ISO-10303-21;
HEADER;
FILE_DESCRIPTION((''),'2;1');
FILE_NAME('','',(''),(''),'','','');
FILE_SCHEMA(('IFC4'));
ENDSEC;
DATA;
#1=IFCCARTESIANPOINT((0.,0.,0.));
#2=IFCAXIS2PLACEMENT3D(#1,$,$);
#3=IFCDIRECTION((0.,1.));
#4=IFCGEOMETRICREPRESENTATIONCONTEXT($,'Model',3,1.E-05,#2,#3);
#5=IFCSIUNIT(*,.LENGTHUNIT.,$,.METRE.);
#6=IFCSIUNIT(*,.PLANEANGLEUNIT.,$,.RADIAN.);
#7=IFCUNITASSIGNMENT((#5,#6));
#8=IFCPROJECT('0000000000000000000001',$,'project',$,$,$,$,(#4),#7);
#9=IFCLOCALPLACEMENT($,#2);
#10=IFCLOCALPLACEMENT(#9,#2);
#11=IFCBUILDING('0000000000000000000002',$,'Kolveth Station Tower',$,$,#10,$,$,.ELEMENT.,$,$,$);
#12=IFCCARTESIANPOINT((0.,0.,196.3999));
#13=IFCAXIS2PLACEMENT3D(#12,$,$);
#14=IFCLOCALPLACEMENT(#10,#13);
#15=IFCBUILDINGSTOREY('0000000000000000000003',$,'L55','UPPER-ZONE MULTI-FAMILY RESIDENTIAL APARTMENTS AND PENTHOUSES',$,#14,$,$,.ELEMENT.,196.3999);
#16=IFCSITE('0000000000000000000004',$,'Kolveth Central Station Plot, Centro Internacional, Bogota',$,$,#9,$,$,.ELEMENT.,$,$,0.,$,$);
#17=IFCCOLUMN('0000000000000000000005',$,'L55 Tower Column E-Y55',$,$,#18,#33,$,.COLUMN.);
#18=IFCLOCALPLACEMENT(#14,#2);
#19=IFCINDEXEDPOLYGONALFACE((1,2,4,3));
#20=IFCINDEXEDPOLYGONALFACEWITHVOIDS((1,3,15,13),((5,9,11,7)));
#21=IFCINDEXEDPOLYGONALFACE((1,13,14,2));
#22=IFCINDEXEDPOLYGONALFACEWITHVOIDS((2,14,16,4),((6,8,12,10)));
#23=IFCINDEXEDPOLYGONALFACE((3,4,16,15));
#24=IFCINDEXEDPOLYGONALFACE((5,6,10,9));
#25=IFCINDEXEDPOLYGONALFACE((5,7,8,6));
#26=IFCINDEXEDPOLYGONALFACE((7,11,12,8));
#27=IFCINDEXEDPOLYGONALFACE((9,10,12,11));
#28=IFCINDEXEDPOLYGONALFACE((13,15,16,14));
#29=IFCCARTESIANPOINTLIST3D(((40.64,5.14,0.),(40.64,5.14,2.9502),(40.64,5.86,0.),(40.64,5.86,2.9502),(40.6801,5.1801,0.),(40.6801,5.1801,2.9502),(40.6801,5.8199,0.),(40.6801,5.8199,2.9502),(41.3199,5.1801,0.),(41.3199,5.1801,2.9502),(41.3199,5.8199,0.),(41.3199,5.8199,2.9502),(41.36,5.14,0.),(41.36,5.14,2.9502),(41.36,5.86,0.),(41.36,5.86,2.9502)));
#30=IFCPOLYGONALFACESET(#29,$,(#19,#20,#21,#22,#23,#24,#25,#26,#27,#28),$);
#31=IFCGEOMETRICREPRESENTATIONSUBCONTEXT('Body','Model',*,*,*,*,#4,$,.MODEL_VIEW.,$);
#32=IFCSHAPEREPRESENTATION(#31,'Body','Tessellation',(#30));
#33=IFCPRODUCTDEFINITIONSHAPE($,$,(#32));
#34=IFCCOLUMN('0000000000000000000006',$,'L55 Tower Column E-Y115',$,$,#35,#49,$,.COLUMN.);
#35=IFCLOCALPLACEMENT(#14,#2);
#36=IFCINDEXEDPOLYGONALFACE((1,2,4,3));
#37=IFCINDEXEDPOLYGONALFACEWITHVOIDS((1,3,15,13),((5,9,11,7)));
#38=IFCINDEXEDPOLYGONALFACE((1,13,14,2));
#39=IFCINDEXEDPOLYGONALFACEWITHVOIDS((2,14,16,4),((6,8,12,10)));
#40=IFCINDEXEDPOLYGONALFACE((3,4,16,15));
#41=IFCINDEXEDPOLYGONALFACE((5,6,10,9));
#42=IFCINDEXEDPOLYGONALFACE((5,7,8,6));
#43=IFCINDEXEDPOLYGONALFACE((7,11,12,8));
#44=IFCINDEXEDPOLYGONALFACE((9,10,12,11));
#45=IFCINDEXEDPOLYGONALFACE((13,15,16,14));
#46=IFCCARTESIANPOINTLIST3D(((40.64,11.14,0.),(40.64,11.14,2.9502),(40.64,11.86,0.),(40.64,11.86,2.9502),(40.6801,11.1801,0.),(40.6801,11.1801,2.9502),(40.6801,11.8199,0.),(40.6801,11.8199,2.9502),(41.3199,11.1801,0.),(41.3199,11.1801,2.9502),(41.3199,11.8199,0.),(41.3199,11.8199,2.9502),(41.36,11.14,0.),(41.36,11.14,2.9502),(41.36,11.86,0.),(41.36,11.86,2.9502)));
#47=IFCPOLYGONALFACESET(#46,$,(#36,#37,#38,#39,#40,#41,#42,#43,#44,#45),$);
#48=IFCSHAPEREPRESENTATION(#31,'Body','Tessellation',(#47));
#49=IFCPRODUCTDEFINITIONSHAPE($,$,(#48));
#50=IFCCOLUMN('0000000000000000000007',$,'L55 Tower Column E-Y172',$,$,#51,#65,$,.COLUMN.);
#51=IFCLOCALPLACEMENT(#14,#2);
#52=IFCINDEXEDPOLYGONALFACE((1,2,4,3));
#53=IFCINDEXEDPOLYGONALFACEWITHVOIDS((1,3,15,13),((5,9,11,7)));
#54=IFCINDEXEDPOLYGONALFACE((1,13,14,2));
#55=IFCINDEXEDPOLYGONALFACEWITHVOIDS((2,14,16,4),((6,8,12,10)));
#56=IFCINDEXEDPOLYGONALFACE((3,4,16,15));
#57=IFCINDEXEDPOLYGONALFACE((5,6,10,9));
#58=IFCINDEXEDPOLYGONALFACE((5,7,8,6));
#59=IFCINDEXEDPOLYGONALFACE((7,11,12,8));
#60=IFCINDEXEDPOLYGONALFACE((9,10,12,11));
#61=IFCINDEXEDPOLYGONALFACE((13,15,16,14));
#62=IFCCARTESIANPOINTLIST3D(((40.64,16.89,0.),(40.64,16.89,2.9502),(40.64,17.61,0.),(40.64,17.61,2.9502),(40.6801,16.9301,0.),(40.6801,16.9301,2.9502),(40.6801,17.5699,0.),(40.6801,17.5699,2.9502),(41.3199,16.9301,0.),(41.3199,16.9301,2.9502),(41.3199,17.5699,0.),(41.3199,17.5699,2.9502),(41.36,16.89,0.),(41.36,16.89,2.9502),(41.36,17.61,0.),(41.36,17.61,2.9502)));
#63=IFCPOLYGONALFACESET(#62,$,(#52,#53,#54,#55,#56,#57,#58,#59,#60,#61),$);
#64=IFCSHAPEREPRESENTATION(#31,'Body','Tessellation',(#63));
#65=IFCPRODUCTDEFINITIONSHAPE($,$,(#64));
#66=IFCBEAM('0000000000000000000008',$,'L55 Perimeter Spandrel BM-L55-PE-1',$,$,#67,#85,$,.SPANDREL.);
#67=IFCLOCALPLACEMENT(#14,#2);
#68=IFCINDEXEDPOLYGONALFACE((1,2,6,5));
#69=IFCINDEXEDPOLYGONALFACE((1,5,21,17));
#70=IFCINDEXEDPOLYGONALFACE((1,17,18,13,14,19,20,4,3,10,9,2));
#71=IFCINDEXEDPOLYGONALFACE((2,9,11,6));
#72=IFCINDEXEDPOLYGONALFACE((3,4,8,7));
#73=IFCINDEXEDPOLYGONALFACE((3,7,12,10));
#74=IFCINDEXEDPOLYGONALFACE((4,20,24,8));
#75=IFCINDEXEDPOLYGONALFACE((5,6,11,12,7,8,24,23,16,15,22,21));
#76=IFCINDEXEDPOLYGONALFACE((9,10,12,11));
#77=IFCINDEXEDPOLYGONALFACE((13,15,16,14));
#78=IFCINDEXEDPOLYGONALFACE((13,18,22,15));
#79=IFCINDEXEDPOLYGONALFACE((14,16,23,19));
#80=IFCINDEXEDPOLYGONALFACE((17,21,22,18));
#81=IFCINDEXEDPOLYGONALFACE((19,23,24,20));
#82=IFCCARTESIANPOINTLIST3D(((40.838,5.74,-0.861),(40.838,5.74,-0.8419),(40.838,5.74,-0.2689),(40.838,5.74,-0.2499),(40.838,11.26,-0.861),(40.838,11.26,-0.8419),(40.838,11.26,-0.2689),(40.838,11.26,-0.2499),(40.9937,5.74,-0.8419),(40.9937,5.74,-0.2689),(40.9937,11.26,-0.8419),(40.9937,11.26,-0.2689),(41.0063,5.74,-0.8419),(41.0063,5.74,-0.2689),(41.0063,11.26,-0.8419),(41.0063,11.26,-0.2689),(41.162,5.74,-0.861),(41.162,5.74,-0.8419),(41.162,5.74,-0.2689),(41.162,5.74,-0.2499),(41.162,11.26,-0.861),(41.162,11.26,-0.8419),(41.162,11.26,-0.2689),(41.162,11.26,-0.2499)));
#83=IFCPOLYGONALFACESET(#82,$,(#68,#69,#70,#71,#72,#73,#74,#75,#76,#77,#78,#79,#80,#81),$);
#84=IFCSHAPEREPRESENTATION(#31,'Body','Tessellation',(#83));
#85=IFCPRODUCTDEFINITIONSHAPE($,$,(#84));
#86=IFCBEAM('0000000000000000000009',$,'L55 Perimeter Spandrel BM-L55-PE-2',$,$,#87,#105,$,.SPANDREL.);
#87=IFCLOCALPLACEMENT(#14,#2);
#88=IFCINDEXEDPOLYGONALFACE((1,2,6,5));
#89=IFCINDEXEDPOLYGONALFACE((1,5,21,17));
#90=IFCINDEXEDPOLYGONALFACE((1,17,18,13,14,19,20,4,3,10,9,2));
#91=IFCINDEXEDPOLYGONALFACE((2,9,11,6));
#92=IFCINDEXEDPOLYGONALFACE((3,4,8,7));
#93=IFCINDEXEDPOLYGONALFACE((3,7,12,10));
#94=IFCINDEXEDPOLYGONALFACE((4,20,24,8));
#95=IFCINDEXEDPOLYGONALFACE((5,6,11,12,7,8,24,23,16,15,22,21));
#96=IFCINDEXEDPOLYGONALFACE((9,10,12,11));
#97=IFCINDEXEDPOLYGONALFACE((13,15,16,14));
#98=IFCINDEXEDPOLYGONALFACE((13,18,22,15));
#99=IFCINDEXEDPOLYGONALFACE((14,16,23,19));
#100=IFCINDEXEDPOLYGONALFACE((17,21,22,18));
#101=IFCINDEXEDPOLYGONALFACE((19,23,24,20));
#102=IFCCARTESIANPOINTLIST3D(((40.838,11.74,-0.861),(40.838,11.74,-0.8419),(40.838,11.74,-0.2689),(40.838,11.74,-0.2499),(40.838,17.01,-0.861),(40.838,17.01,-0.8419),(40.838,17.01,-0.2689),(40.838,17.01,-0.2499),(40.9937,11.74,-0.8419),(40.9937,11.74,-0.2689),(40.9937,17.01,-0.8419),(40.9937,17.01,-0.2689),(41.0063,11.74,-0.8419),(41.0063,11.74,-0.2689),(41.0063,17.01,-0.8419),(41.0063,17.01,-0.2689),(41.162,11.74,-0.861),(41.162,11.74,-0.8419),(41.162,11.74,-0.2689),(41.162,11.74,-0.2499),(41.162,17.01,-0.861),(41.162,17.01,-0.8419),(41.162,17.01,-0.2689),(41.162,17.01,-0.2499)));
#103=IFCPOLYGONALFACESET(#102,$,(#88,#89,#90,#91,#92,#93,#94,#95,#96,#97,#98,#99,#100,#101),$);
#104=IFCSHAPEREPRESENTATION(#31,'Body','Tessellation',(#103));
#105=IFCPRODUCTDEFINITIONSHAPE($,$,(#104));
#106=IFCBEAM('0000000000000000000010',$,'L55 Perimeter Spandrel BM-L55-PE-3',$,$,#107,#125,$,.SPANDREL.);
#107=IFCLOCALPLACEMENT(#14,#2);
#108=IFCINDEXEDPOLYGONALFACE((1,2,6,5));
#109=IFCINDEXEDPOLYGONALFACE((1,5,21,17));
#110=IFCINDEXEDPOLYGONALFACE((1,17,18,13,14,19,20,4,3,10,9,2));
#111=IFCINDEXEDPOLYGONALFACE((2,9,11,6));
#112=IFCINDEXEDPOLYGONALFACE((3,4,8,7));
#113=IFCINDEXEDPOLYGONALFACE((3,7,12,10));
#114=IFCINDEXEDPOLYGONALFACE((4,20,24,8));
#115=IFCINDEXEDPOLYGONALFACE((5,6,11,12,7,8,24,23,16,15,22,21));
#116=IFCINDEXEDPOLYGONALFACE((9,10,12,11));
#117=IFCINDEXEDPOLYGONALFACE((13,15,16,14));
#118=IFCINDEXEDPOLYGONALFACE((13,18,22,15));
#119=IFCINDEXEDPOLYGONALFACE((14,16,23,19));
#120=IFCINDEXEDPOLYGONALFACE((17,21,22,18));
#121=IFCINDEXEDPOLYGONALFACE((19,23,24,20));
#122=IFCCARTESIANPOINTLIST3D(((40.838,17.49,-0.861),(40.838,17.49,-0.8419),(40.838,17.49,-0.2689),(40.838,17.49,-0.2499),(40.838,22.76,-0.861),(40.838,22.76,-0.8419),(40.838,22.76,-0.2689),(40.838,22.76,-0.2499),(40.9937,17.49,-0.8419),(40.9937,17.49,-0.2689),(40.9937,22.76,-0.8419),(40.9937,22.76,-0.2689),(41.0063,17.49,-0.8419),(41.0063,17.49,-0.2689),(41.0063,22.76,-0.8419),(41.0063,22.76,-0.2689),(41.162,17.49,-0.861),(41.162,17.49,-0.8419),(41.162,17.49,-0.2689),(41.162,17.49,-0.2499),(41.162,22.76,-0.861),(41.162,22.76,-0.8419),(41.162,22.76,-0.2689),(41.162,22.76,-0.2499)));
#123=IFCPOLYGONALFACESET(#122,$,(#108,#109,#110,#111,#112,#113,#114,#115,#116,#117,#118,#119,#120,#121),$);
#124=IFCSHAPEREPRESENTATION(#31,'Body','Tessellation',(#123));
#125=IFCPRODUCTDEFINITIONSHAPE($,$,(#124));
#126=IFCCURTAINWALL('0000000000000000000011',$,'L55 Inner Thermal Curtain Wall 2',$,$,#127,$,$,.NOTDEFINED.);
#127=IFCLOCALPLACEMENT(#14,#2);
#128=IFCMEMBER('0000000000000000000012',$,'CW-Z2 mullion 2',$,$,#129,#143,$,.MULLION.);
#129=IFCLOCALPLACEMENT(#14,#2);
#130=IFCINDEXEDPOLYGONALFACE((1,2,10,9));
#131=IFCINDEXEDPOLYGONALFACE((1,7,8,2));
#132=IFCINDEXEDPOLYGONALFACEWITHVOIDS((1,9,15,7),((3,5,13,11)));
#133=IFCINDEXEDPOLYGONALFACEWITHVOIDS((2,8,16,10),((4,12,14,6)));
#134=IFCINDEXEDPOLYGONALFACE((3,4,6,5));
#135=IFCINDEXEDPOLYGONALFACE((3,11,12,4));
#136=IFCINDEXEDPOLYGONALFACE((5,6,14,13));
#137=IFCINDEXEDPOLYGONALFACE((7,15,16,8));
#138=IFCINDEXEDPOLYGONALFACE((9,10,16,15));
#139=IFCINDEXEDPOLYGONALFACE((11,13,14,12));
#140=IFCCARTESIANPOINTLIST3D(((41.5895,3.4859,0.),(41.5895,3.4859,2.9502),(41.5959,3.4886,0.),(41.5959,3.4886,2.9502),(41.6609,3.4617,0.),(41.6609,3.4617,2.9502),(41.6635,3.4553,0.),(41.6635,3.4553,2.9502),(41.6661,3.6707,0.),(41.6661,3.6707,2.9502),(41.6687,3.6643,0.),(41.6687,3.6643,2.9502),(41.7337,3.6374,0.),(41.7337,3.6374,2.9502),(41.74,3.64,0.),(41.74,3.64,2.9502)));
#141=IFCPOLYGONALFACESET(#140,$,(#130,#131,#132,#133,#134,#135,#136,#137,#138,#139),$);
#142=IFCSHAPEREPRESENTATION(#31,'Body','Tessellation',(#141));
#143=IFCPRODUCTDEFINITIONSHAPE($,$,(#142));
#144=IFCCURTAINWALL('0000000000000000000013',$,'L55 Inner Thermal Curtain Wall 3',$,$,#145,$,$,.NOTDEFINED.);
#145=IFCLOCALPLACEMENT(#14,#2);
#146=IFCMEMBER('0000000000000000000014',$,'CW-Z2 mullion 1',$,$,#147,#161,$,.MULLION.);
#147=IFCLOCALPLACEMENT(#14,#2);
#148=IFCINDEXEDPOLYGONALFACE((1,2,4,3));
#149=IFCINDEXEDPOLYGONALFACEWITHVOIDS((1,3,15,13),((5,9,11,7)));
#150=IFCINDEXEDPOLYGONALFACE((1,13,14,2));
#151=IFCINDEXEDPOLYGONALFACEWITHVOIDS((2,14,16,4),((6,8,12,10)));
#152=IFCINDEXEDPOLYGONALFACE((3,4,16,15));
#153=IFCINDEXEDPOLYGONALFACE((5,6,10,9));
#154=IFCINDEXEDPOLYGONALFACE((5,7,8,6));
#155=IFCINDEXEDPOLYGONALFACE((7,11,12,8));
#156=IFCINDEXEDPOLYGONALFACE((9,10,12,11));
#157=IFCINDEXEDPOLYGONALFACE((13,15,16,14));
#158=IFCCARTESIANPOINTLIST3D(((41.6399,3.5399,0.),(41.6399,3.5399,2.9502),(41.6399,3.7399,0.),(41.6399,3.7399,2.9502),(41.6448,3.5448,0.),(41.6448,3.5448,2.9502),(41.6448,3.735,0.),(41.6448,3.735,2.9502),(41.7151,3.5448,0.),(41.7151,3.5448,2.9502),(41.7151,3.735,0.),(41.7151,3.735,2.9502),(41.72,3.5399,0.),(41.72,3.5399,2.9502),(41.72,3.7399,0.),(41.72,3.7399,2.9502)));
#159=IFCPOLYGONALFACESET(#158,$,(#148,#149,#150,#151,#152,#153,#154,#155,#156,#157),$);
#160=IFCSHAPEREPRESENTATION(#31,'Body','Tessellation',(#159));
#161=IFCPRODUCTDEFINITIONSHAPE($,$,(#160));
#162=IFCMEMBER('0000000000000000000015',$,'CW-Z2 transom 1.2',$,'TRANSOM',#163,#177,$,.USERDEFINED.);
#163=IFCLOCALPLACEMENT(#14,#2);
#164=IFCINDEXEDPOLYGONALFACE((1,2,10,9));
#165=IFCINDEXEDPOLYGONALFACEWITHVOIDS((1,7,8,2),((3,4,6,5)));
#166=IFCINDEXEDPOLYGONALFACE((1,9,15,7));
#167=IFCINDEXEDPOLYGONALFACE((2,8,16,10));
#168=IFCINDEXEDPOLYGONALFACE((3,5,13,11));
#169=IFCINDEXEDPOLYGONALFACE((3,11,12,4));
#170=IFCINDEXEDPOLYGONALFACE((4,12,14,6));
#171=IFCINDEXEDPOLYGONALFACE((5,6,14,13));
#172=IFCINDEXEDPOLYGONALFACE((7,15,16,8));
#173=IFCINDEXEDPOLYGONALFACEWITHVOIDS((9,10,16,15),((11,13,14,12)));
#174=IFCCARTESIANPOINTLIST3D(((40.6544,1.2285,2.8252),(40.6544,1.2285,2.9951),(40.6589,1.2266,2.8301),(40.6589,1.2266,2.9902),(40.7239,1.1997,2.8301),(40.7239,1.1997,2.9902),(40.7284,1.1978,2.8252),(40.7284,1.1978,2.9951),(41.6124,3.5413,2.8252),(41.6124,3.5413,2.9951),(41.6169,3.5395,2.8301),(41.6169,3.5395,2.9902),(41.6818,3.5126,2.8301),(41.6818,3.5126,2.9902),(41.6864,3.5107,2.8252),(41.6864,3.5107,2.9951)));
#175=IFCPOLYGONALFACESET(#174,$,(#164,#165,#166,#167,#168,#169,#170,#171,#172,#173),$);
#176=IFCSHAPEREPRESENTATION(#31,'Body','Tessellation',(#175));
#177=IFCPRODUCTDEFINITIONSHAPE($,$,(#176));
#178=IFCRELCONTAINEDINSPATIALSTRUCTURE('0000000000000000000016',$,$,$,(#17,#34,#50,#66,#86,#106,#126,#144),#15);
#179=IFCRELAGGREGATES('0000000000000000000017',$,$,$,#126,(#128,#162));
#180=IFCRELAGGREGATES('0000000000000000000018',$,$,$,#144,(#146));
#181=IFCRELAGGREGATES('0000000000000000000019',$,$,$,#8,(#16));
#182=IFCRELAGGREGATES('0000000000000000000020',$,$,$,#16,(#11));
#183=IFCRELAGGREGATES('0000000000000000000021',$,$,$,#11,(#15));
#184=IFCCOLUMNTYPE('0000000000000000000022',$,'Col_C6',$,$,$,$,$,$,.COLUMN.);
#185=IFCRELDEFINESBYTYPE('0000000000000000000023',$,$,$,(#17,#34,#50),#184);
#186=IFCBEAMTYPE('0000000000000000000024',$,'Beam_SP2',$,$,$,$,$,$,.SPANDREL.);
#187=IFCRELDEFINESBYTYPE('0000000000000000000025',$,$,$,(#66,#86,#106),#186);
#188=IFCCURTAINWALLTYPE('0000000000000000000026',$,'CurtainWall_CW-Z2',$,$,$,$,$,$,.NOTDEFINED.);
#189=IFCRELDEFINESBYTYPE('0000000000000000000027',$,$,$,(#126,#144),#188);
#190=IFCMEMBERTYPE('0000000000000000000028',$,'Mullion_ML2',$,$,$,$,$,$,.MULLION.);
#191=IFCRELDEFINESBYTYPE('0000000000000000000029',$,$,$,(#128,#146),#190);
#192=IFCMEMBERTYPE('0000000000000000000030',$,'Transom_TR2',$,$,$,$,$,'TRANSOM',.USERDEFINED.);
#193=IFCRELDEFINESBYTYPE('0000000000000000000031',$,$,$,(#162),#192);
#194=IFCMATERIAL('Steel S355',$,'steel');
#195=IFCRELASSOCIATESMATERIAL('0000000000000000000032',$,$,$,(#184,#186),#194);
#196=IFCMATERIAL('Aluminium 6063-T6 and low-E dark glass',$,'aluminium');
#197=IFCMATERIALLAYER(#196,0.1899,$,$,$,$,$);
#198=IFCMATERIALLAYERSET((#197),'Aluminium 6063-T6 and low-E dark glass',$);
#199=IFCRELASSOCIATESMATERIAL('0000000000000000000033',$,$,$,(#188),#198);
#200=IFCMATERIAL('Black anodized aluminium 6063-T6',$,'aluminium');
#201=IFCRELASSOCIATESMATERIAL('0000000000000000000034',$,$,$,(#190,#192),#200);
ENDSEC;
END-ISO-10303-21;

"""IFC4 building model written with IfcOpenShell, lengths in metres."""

from ifc_helpers import new_model, si_unit, direction, frame, origin, origin_2d, place, context, subcontext, project, spatial, hollow_rectangle, i_section, extrude, source, transform, mapped, material, layer, layer_set, material_profile, profile_set, type_object, element, aggregate, save


model = new_model("IFC4")

# Units and contexts
model_context = context("Model", 3, precision=1e-05, world=origin(), true_north=direction((0.0, 1.0)))
body_context = subcontext(model_context, "Body", "Model", "MODEL_VIEW")
ifc_project = project(units=[si_unit("LENGTHUNIT", "METRE"), si_unit("PLANEANGLEUNIT", "RADIAN")], contexts=[model_context])

# Site, building, storey
site_placement = place(None, origin())
site = spatial("IfcSite", under=ifc_project, at=site_placement, Name="Kolveth Central Station Plot, Centro Internacional, Bogota", CompositionType="ELEMENT", RefElevation=0.0)
building_placement = place(site_placement, origin())
building = spatial("IfcBuilding", under=site, at=building_placement, Name="Kolveth Station Tower", CompositionType="ELEMENT")
storey_placement = place(building_placement, frame((0.0, 0.0, 196.3999)))
storey = spatial("IfcBuildingStorey", under=building, at=storey_placement, Name="L55", Description="UPPER-ZONE MULTI-FAMILY RESIDENTIAL APARTMENTS AND PENTHOUSES", CompositionType="ELEMENT", Elevation=196.3999)

# Columns
ifc_material_1 = material(Name="Steel S355", Category="steel")
ifc_material_profile_1 = material_profile(ifc_material_1, hollow_rectangle(XDim=0.72, YDim=0.72, WallThickness=0.04, at=origin_2d()), Name="BOX720x720x40")
ifc_profile_set_1 = profile_set([ifc_material_profile_1], Name="Steel S355")
column_type = type_object("IfcColumnType", Name="Col_C6", PredefinedType="COLUMN", material=ifc_profile_set_1)
shared_shape_1 = source(origin(), body_context, "Body", "SweptSolid", [
    extrude(hollow_rectangle(XDim=0.72, YDim=0.72, WallThickness=0.04, at=origin_2d()), origin(), (0.0, 0.0, 1.0), 2.9502),
])
for number, where, z_axis, x_axis, name in (
    (1, (41.0, 5.5, 0.0), (0.0, 0.0, 1.0), (1.0, 0.0, 0.0), "L55 Tower Column E-Y55"),
    (2, (41.0, 11.5, 0.0), (0.0, 0.0, 1.0), (1.0, 0.0, 0.0), "L55 Tower Column E-Y115"),
    (3, (41.0, 17.25, 0.0), (0.0, 0.0, 1.0), (1.0, 0.0, 0.0), "L55 Tower Column E-Y172"),
):
    element("IfcColumn", number, at=place(storey_placement, frame(where, z_axis=z_axis, x_axis=x_axis)), inside=storey, type_object=column_type, Name=name, PredefinedType="COLUMN", context=body_context, shape_type="MappedRepresentation", body=[
        mapped(shared_shape_1, transform((0.0, 0.0, 0.0), x_axis=(1.0, 0.0, 0.0), y_axis=(0.0, 1.0, 0.0), z_axis=(0.0, 0.0, 1.0), scale=1.0)),
    ])

# Beams
ifc_material_profile_2 = material_profile(ifc_material_1, i_section(OverallWidth=0.324, OverallDepth=0.6111, WebThickness=0.0127, FlangeThickness=0.019, at=origin_2d()), Name="W610x155")
ifc_profile_set_2 = profile_set([ifc_material_profile_2], Name="Steel S355")
beam_type = type_object("IfcBeamType", Name="Beam_SP2", PredefinedType="SPANDREL", material=ifc_profile_set_2)
shared_shape_2 = source(origin(), body_context, "Body", "SweptSolid", [
    extrude(i_section(OverallWidth=0.324, OverallDepth=0.6111, WebThickness=0.0127, FlangeThickness=0.019, at=origin_2d()), origin(), (0.0, 0.0, 1.0), 5.52),
])
beam_placement = place(storey_placement, frame((41.0, 5.74, -0.5554), z_axis=(0.0, 1.0, 0.0), x_axis=(-1.0, 0.0, 0.0)))
element("IfcBeam", 4, at=beam_placement, inside=storey, type_object=beam_type, Name="L55 Perimeter Spandrel BM-L55-PE-1", PredefinedType="SPANDREL", context=body_context, shape_type="MappedRepresentation", body=[
    mapped(shared_shape_2, transform((0.0, 0.0, 0.0), x_axis=(1.0, 0.0, 0.0), y_axis=(0.0, 1.0, 0.0), z_axis=(0.0, 0.0, 1.0), scale=1.0)),
])
shared_shape_3 = source(origin(), body_context, "Body", "SweptSolid", [
    extrude(i_section(OverallWidth=0.324, OverallDepth=0.6111, WebThickness=0.0127, FlangeThickness=0.019, at=origin_2d()), origin(), (0.0, 0.0, 1.0), 5.27),
])
for number, where, z_axis, x_axis, name in (
    (5, (41.0, 11.74, -0.5554), (0.0, 1.0, 0.0), (-1.0, 0.0, 0.0), "L55 Perimeter Spandrel BM-L55-PE-2"),
    (6, (41.0, 17.49, -0.5554), (0.0, 1.0, 0.0), (-1.0, 0.0, 0.0), "L55 Perimeter Spandrel BM-L55-PE-3"),
):
    element("IfcBeam", number, at=place(storey_placement, frame(where, z_axis=z_axis, x_axis=x_axis)), inside=storey, type_object=beam_type, Name=name, PredefinedType="SPANDREL", context=body_context, shape_type="MappedRepresentation", body=[
        mapped(shared_shape_3, transform((0.0, 0.0, 0.0), x_axis=(1.0, 0.0, 0.0), y_axis=(0.0, 1.0, 0.0), z_axis=(0.0, 0.0, 1.0), scale=1.0)),
    ])

# Curtain walls, members
ifc_material_2 = material(Name="Aluminium 6063-T6 and low-E dark glass", Category="aluminium")
ifc_layer_1 = layer(ifc_material_2, 0.1899)
ifc_layer_set_1 = layer_set([ifc_layer_1], Name="Aluminium 6063-T6 and low-E dark glass")
curtain_wall_type_1 = type_object("IfcCurtainWallType", Name="CurtainWall_CW-Z2", PredefinedType="NOTDEFINED", material=ifc_layer_set_1)
curtain_wall_1_placement = place(storey_placement, origin())
curtain_wall_1 = element("IfcCurtainWall", 7, at=curtain_wall_1_placement, inside=storey, type_object=curtain_wall_type_1, Name="L55 Inner Thermal Curtain Wall 2", PredefinedType="NOTDEFINED")
ifc_material_3 = material(Name="Black anodized aluminium 6063-T6", Category="aluminium")
ifc_material_profile_3 = material_profile(ifc_material_3, hollow_rectangle(XDim=0.0801, YDim=0.2, WallThickness=0.0049, at=origin_2d()), Name="ALU-80x200x5")
ifc_profile_set_3 = profile_set([ifc_material_profile_3], Name="Black anodized aluminium 6063-T6")
member_type_1 = type_object("IfcMemberType", Name="Mullion_ML2", PredefinedType="MULLION", material=ifc_profile_set_3)
shared_shape_4 = source(origin(), body_context, "Body", "SweptSolid", [
    extrude(hollow_rectangle(XDim=0.0801, YDim=0.2, WallThickness=0.0049, at=origin_2d()), origin(), (0.0, 0.0, 1.0), 2.9502),
])
member_1_placement = place(storey_placement, frame((41.6648, 3.563, 0.0), z_axis=(0.0, 0.0, 1.0), x_axis=(-0.923874, 0.382698, 0.0)))
member_1 = element("IfcMember", 8, at=member_1_placement, type_object=member_type_1, Name="CW-Z2 mullion 2", PredefinedType="MULLION", context=body_context, shape_type="MappedRepresentation", body=[
    mapped(shared_shape_4, transform((0.0, 0.0, 0.0), x_axis=(1.0, 0.0, 0.0), y_axis=(0.0, 1.0, 0.0), z_axis=(0.0, 0.0, 1.0), scale=1.0)),
])
curtain_wall_2_placement = place(storey_placement, origin())
curtain_wall_2 = element("IfcCurtainWall", 9, at=curtain_wall_2_placement, inside=storey, type_object=curtain_wall_type_1, Name="L55 Inner Thermal Curtain Wall 3", PredefinedType="NOTDEFINED")
member_2_placement = place(storey_placement, frame((41.6799, 3.6399, 0.0), z_axis=(0.0, 0.0, 1.0), x_axis=(-1.0, 0.0, 0.0)))
member_2 = element("IfcMember", 10, at=member_2_placement, type_object=member_type_1, Name="CW-Z2 mullion 1", PredefinedType="MULLION", context=body_context, shape_type="MappedRepresentation", body=[
    mapped(shared_shape_4, transform((0.0, 0.0, 0.0), x_axis=(1.0, 0.0, 0.0), y_axis=(0.0, 1.0, 0.0), z_axis=(0.0, 0.0, 1.0), scale=1.0)),
])

# Member
ifc_material_profile_4 = material_profile(ifc_material_3, hollow_rectangle(XDim=0.0801, YDim=0.1699, WallThickness=0.0049, at=origin_2d()), Name="ALU-80x170x5")
ifc_profile_set_4 = profile_set([ifc_material_profile_4], Name="Black anodized aluminium 6063-T6")
member_type_2 = type_object("IfcMemberType", Name="Transom_TR2", ElementType="TRANSOM", PredefinedType="USERDEFINED", material=ifc_profile_set_4)
shared_shape_5 = source(origin(), body_context, "Body", "SweptSolid", [
    extrude(hollow_rectangle(XDim=0.0801, YDim=0.1699, WallThickness=0.0049, at=origin_2d()), origin(), (0.0, 0.0, 1.0), 2.5034),
])
member_3_placement = place(storey_placement, frame((40.6914, 1.2131, 2.9102), z_axis=(0.382662, 0.923888, 0.0), x_axis=(-0.923888, 0.382662, 0.0)))
member_3 = element("IfcMember", 11, at=member_3_placement, type_object=member_type_2, Name="CW-Z2 transom 1.2", ObjectType="TRANSOM", PredefinedType="USERDEFINED", context=body_context, shape_type="MappedRepresentation", body=[
    mapped(shared_shape_5, transform((0.0, 0.0, 0.0), x_axis=(1.0, 0.0, 0.0), y_axis=(0.0, 1.0, 0.0), z_axis=(0.0, 0.0, 1.0), scale=1.0)),
])

aggregate(curtain_wall_1, [member_1, member_3])
aggregate(curtain_wall_2, [member_2])

save(model, "model.ifc")
